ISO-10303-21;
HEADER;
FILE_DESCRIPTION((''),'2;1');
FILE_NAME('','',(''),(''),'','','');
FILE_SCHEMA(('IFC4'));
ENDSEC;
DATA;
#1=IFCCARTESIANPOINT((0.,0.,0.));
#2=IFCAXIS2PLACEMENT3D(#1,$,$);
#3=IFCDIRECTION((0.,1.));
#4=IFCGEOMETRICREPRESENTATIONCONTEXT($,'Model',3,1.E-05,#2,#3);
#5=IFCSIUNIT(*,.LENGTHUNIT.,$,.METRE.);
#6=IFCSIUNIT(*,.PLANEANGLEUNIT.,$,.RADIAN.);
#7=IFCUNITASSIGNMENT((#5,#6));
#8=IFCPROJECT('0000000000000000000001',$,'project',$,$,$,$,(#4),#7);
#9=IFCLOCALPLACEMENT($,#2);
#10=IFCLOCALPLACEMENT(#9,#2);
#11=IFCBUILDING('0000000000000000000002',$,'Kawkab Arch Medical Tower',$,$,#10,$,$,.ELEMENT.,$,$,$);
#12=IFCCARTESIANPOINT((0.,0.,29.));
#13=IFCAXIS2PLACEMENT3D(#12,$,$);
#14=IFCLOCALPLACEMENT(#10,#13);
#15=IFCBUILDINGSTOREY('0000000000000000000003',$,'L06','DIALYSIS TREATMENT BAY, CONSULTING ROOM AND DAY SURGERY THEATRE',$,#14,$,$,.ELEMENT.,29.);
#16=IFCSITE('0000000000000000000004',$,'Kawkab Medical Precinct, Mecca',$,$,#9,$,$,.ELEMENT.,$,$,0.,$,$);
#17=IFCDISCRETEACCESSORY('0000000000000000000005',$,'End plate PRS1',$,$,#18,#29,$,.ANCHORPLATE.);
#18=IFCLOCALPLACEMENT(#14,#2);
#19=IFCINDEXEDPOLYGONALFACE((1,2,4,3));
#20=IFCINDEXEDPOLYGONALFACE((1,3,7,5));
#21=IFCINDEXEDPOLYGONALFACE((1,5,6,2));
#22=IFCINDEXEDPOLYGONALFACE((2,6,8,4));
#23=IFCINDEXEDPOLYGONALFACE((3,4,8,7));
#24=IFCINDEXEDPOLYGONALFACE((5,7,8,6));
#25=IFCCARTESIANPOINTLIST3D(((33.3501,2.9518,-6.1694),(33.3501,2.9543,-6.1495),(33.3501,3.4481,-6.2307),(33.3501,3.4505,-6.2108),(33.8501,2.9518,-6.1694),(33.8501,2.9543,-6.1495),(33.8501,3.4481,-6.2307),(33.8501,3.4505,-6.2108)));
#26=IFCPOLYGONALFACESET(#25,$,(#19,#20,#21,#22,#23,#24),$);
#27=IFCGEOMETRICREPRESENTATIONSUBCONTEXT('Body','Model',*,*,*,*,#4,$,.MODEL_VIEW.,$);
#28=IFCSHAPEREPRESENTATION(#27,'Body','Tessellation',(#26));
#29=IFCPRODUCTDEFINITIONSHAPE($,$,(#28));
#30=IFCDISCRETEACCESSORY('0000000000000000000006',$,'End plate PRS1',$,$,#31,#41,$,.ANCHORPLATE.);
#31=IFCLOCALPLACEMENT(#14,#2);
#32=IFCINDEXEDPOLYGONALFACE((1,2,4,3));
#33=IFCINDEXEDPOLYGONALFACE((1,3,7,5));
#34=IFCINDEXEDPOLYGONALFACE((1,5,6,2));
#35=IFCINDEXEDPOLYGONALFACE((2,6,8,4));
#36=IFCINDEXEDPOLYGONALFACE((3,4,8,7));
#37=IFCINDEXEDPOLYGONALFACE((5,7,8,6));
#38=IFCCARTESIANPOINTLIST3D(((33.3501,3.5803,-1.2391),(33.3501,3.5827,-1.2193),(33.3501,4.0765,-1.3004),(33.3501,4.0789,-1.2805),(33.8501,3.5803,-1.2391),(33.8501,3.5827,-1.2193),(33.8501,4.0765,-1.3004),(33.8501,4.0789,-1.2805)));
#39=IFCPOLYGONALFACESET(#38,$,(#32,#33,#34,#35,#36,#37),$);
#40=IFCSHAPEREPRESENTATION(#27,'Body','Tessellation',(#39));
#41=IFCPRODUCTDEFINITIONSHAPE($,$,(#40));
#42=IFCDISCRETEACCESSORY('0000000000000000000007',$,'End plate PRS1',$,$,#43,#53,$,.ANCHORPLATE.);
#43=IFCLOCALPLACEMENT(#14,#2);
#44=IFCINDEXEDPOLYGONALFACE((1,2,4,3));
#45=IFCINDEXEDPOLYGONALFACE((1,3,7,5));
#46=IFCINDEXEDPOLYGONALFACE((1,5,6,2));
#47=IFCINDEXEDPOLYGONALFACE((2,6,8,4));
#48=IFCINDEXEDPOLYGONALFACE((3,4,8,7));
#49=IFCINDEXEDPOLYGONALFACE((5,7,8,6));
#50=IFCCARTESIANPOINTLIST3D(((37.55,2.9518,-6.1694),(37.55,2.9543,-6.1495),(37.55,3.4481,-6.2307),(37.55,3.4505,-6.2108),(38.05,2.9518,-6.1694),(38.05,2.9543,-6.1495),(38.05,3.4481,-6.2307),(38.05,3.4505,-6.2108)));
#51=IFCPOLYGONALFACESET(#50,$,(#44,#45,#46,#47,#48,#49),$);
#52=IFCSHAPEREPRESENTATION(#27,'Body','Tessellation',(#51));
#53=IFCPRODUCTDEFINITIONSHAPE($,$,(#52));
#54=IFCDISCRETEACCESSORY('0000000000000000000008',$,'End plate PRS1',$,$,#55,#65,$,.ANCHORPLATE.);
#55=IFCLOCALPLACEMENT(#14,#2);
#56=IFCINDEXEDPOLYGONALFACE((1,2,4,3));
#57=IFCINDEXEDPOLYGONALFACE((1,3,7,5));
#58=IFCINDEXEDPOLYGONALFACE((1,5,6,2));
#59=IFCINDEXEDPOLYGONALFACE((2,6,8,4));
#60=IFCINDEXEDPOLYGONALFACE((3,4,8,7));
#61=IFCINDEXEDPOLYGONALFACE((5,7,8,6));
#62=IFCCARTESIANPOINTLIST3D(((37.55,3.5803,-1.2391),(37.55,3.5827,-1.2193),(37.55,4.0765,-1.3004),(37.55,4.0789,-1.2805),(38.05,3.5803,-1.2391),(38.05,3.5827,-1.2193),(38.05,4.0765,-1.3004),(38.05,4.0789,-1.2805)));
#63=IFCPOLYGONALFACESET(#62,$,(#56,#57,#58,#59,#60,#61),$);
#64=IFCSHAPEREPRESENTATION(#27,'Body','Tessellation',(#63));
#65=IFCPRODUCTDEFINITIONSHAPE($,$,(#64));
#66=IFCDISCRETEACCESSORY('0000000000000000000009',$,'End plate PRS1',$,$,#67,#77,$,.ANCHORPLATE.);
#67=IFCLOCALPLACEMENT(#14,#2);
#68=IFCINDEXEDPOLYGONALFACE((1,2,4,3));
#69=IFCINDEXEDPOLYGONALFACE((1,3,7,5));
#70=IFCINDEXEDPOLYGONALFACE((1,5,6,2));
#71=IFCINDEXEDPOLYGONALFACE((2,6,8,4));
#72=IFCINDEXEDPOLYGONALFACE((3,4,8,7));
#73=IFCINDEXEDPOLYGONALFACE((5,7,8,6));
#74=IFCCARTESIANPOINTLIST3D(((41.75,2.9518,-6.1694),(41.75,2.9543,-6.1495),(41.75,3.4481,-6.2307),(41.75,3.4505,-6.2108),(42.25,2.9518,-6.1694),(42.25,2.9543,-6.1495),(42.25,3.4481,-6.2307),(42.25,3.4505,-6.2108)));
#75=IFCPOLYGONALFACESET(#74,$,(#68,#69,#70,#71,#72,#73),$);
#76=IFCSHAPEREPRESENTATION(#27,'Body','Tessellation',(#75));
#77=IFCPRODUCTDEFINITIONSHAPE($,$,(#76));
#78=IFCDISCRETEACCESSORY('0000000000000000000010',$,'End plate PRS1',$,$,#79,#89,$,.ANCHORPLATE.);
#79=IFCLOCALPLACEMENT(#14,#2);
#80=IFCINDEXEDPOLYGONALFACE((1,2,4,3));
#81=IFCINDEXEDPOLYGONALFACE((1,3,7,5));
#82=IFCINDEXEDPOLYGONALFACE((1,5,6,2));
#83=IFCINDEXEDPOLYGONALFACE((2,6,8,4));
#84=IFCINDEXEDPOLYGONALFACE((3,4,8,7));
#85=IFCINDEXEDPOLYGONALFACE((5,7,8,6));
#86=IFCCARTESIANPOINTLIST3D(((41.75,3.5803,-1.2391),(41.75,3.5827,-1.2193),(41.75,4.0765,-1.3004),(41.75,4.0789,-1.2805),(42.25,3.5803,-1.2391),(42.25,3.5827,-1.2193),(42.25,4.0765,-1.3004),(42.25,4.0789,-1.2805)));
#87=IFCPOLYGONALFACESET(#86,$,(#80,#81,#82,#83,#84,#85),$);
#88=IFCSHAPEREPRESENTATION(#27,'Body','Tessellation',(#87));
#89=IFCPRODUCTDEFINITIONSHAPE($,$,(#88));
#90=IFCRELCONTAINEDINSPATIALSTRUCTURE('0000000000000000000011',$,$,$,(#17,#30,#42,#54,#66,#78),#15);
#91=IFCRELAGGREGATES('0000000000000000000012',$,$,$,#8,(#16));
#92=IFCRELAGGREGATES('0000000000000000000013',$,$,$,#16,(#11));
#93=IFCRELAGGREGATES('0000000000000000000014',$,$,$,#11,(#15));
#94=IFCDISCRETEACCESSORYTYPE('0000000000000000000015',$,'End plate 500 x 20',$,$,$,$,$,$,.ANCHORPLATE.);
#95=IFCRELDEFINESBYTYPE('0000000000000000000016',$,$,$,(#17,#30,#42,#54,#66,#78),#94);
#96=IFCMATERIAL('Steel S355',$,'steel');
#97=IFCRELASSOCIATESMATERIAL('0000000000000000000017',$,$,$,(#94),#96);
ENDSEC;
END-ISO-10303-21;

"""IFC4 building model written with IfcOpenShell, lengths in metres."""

from ifc_helpers import new_model, si_unit, direction, frame, origin, origin_2d, place, context, subcontext, project, spatial, rectangle, extrude, material, material_profile, profile_set, type_object, element, save


model = new_model("IFC4")

# Units and contexts
model_context = context("Model", 3, precision=1e-05, world=origin(), true_north=direction((0.0, 1.0)))
body_context = subcontext(model_context, "Body", "Model", "MODEL_VIEW")
ifc_project = project(units=[si_unit("LENGTHUNIT", "METRE"), si_unit("PLANEANGLEUNIT", "RADIAN")], contexts=[model_context])

# Site, building, storey
site_placement = place(None, origin())
site = spatial("IfcSite", under=ifc_project, at=site_placement, Name="Kawkab Medical Precinct, Mecca", CompositionType="ELEMENT", RefElevation=0.0)
building_placement = place(site_placement, origin())
building = spatial("IfcBuilding", under=site, at=building_placement, Name="Kawkab Arch Medical Tower", CompositionType="ELEMENT")
storey_placement = place(building_placement, frame((0.0, 0.0, 29.0)))
storey = spatial("IfcBuildingStorey", under=building, at=storey_placement, Name="L06", Description="DIALYSIS TREATMENT BAY, CONSULTING ROOM AND DAY SURGERY THEATRE", CompositionType="ELEMENT", Elevation=29.0)

# Discrete accessories
ifc_material_1 = material(Name="Steel S355", Category="steel")
ifc_material_profile_1 = material_profile(ifc_material_1, rectangle(XDim=0.5, YDim=0.5, at=origin_2d()), Name="End plate 500 x 20")
ifc_profile_set_1 = profile_set([ifc_material_profile_1], Name="Steel S355")
discrete_accessory_type = type_object("IfcDiscreteAccessoryType", Name="End plate 500 x 20", PredefinedType="ANCHORPLATE", material=ifc_profile_set_1)
for number, where, z_axis, x_axis, name in (
    (1, (33.6001, 3.2024, -6.1802), (0.0, -0.122527, -0.992465), (1.0, 0.0, 0.0), "End plate PRS1"),
    (2, (33.6001, 3.8284, -1.2698), (0.0, 0.122527, 0.992465), (-1.0, 0.0, 0.0), "End plate PRS1"),
    (3, (37.8, 3.2024, -6.1802), (0.0, -0.122527, -0.992465), (1.0, 0.0, 0.0), "End plate PRS1"),
    (4, (37.8, 3.8284, -1.2698), (0.0, 0.122527, 0.992465), (-1.0, 0.0, 0.0), "End plate PRS1"),
    (5, (42.0, 3.2024, -6.1802), (0.0, -0.122527, -0.992465), (1.0, 0.0, 0.0), "End plate PRS1"),
    (6, (42.0, 3.8284, -1.2698), (0.0, 0.122527, 0.992465), (-1.0, 0.0, 0.0), "End plate PRS1"),
):
    element("IfcDiscreteAccessory", number, at=place(storey_placement, frame(where, z_axis=z_axis, x_axis=x_axis)), inside=storey, type_object=discrete_accessory_type, Name=name, PredefinedType="ANCHORPLATE", context=body_context, shape_type="SweptSolid", body=[
        extrude(rectangle(XDim=0.5, YDim=0.5, at=origin_2d()), origin(), (0.0, 0.0, 1.0), 0.02),
    ])

save(model, "model.ifc")
